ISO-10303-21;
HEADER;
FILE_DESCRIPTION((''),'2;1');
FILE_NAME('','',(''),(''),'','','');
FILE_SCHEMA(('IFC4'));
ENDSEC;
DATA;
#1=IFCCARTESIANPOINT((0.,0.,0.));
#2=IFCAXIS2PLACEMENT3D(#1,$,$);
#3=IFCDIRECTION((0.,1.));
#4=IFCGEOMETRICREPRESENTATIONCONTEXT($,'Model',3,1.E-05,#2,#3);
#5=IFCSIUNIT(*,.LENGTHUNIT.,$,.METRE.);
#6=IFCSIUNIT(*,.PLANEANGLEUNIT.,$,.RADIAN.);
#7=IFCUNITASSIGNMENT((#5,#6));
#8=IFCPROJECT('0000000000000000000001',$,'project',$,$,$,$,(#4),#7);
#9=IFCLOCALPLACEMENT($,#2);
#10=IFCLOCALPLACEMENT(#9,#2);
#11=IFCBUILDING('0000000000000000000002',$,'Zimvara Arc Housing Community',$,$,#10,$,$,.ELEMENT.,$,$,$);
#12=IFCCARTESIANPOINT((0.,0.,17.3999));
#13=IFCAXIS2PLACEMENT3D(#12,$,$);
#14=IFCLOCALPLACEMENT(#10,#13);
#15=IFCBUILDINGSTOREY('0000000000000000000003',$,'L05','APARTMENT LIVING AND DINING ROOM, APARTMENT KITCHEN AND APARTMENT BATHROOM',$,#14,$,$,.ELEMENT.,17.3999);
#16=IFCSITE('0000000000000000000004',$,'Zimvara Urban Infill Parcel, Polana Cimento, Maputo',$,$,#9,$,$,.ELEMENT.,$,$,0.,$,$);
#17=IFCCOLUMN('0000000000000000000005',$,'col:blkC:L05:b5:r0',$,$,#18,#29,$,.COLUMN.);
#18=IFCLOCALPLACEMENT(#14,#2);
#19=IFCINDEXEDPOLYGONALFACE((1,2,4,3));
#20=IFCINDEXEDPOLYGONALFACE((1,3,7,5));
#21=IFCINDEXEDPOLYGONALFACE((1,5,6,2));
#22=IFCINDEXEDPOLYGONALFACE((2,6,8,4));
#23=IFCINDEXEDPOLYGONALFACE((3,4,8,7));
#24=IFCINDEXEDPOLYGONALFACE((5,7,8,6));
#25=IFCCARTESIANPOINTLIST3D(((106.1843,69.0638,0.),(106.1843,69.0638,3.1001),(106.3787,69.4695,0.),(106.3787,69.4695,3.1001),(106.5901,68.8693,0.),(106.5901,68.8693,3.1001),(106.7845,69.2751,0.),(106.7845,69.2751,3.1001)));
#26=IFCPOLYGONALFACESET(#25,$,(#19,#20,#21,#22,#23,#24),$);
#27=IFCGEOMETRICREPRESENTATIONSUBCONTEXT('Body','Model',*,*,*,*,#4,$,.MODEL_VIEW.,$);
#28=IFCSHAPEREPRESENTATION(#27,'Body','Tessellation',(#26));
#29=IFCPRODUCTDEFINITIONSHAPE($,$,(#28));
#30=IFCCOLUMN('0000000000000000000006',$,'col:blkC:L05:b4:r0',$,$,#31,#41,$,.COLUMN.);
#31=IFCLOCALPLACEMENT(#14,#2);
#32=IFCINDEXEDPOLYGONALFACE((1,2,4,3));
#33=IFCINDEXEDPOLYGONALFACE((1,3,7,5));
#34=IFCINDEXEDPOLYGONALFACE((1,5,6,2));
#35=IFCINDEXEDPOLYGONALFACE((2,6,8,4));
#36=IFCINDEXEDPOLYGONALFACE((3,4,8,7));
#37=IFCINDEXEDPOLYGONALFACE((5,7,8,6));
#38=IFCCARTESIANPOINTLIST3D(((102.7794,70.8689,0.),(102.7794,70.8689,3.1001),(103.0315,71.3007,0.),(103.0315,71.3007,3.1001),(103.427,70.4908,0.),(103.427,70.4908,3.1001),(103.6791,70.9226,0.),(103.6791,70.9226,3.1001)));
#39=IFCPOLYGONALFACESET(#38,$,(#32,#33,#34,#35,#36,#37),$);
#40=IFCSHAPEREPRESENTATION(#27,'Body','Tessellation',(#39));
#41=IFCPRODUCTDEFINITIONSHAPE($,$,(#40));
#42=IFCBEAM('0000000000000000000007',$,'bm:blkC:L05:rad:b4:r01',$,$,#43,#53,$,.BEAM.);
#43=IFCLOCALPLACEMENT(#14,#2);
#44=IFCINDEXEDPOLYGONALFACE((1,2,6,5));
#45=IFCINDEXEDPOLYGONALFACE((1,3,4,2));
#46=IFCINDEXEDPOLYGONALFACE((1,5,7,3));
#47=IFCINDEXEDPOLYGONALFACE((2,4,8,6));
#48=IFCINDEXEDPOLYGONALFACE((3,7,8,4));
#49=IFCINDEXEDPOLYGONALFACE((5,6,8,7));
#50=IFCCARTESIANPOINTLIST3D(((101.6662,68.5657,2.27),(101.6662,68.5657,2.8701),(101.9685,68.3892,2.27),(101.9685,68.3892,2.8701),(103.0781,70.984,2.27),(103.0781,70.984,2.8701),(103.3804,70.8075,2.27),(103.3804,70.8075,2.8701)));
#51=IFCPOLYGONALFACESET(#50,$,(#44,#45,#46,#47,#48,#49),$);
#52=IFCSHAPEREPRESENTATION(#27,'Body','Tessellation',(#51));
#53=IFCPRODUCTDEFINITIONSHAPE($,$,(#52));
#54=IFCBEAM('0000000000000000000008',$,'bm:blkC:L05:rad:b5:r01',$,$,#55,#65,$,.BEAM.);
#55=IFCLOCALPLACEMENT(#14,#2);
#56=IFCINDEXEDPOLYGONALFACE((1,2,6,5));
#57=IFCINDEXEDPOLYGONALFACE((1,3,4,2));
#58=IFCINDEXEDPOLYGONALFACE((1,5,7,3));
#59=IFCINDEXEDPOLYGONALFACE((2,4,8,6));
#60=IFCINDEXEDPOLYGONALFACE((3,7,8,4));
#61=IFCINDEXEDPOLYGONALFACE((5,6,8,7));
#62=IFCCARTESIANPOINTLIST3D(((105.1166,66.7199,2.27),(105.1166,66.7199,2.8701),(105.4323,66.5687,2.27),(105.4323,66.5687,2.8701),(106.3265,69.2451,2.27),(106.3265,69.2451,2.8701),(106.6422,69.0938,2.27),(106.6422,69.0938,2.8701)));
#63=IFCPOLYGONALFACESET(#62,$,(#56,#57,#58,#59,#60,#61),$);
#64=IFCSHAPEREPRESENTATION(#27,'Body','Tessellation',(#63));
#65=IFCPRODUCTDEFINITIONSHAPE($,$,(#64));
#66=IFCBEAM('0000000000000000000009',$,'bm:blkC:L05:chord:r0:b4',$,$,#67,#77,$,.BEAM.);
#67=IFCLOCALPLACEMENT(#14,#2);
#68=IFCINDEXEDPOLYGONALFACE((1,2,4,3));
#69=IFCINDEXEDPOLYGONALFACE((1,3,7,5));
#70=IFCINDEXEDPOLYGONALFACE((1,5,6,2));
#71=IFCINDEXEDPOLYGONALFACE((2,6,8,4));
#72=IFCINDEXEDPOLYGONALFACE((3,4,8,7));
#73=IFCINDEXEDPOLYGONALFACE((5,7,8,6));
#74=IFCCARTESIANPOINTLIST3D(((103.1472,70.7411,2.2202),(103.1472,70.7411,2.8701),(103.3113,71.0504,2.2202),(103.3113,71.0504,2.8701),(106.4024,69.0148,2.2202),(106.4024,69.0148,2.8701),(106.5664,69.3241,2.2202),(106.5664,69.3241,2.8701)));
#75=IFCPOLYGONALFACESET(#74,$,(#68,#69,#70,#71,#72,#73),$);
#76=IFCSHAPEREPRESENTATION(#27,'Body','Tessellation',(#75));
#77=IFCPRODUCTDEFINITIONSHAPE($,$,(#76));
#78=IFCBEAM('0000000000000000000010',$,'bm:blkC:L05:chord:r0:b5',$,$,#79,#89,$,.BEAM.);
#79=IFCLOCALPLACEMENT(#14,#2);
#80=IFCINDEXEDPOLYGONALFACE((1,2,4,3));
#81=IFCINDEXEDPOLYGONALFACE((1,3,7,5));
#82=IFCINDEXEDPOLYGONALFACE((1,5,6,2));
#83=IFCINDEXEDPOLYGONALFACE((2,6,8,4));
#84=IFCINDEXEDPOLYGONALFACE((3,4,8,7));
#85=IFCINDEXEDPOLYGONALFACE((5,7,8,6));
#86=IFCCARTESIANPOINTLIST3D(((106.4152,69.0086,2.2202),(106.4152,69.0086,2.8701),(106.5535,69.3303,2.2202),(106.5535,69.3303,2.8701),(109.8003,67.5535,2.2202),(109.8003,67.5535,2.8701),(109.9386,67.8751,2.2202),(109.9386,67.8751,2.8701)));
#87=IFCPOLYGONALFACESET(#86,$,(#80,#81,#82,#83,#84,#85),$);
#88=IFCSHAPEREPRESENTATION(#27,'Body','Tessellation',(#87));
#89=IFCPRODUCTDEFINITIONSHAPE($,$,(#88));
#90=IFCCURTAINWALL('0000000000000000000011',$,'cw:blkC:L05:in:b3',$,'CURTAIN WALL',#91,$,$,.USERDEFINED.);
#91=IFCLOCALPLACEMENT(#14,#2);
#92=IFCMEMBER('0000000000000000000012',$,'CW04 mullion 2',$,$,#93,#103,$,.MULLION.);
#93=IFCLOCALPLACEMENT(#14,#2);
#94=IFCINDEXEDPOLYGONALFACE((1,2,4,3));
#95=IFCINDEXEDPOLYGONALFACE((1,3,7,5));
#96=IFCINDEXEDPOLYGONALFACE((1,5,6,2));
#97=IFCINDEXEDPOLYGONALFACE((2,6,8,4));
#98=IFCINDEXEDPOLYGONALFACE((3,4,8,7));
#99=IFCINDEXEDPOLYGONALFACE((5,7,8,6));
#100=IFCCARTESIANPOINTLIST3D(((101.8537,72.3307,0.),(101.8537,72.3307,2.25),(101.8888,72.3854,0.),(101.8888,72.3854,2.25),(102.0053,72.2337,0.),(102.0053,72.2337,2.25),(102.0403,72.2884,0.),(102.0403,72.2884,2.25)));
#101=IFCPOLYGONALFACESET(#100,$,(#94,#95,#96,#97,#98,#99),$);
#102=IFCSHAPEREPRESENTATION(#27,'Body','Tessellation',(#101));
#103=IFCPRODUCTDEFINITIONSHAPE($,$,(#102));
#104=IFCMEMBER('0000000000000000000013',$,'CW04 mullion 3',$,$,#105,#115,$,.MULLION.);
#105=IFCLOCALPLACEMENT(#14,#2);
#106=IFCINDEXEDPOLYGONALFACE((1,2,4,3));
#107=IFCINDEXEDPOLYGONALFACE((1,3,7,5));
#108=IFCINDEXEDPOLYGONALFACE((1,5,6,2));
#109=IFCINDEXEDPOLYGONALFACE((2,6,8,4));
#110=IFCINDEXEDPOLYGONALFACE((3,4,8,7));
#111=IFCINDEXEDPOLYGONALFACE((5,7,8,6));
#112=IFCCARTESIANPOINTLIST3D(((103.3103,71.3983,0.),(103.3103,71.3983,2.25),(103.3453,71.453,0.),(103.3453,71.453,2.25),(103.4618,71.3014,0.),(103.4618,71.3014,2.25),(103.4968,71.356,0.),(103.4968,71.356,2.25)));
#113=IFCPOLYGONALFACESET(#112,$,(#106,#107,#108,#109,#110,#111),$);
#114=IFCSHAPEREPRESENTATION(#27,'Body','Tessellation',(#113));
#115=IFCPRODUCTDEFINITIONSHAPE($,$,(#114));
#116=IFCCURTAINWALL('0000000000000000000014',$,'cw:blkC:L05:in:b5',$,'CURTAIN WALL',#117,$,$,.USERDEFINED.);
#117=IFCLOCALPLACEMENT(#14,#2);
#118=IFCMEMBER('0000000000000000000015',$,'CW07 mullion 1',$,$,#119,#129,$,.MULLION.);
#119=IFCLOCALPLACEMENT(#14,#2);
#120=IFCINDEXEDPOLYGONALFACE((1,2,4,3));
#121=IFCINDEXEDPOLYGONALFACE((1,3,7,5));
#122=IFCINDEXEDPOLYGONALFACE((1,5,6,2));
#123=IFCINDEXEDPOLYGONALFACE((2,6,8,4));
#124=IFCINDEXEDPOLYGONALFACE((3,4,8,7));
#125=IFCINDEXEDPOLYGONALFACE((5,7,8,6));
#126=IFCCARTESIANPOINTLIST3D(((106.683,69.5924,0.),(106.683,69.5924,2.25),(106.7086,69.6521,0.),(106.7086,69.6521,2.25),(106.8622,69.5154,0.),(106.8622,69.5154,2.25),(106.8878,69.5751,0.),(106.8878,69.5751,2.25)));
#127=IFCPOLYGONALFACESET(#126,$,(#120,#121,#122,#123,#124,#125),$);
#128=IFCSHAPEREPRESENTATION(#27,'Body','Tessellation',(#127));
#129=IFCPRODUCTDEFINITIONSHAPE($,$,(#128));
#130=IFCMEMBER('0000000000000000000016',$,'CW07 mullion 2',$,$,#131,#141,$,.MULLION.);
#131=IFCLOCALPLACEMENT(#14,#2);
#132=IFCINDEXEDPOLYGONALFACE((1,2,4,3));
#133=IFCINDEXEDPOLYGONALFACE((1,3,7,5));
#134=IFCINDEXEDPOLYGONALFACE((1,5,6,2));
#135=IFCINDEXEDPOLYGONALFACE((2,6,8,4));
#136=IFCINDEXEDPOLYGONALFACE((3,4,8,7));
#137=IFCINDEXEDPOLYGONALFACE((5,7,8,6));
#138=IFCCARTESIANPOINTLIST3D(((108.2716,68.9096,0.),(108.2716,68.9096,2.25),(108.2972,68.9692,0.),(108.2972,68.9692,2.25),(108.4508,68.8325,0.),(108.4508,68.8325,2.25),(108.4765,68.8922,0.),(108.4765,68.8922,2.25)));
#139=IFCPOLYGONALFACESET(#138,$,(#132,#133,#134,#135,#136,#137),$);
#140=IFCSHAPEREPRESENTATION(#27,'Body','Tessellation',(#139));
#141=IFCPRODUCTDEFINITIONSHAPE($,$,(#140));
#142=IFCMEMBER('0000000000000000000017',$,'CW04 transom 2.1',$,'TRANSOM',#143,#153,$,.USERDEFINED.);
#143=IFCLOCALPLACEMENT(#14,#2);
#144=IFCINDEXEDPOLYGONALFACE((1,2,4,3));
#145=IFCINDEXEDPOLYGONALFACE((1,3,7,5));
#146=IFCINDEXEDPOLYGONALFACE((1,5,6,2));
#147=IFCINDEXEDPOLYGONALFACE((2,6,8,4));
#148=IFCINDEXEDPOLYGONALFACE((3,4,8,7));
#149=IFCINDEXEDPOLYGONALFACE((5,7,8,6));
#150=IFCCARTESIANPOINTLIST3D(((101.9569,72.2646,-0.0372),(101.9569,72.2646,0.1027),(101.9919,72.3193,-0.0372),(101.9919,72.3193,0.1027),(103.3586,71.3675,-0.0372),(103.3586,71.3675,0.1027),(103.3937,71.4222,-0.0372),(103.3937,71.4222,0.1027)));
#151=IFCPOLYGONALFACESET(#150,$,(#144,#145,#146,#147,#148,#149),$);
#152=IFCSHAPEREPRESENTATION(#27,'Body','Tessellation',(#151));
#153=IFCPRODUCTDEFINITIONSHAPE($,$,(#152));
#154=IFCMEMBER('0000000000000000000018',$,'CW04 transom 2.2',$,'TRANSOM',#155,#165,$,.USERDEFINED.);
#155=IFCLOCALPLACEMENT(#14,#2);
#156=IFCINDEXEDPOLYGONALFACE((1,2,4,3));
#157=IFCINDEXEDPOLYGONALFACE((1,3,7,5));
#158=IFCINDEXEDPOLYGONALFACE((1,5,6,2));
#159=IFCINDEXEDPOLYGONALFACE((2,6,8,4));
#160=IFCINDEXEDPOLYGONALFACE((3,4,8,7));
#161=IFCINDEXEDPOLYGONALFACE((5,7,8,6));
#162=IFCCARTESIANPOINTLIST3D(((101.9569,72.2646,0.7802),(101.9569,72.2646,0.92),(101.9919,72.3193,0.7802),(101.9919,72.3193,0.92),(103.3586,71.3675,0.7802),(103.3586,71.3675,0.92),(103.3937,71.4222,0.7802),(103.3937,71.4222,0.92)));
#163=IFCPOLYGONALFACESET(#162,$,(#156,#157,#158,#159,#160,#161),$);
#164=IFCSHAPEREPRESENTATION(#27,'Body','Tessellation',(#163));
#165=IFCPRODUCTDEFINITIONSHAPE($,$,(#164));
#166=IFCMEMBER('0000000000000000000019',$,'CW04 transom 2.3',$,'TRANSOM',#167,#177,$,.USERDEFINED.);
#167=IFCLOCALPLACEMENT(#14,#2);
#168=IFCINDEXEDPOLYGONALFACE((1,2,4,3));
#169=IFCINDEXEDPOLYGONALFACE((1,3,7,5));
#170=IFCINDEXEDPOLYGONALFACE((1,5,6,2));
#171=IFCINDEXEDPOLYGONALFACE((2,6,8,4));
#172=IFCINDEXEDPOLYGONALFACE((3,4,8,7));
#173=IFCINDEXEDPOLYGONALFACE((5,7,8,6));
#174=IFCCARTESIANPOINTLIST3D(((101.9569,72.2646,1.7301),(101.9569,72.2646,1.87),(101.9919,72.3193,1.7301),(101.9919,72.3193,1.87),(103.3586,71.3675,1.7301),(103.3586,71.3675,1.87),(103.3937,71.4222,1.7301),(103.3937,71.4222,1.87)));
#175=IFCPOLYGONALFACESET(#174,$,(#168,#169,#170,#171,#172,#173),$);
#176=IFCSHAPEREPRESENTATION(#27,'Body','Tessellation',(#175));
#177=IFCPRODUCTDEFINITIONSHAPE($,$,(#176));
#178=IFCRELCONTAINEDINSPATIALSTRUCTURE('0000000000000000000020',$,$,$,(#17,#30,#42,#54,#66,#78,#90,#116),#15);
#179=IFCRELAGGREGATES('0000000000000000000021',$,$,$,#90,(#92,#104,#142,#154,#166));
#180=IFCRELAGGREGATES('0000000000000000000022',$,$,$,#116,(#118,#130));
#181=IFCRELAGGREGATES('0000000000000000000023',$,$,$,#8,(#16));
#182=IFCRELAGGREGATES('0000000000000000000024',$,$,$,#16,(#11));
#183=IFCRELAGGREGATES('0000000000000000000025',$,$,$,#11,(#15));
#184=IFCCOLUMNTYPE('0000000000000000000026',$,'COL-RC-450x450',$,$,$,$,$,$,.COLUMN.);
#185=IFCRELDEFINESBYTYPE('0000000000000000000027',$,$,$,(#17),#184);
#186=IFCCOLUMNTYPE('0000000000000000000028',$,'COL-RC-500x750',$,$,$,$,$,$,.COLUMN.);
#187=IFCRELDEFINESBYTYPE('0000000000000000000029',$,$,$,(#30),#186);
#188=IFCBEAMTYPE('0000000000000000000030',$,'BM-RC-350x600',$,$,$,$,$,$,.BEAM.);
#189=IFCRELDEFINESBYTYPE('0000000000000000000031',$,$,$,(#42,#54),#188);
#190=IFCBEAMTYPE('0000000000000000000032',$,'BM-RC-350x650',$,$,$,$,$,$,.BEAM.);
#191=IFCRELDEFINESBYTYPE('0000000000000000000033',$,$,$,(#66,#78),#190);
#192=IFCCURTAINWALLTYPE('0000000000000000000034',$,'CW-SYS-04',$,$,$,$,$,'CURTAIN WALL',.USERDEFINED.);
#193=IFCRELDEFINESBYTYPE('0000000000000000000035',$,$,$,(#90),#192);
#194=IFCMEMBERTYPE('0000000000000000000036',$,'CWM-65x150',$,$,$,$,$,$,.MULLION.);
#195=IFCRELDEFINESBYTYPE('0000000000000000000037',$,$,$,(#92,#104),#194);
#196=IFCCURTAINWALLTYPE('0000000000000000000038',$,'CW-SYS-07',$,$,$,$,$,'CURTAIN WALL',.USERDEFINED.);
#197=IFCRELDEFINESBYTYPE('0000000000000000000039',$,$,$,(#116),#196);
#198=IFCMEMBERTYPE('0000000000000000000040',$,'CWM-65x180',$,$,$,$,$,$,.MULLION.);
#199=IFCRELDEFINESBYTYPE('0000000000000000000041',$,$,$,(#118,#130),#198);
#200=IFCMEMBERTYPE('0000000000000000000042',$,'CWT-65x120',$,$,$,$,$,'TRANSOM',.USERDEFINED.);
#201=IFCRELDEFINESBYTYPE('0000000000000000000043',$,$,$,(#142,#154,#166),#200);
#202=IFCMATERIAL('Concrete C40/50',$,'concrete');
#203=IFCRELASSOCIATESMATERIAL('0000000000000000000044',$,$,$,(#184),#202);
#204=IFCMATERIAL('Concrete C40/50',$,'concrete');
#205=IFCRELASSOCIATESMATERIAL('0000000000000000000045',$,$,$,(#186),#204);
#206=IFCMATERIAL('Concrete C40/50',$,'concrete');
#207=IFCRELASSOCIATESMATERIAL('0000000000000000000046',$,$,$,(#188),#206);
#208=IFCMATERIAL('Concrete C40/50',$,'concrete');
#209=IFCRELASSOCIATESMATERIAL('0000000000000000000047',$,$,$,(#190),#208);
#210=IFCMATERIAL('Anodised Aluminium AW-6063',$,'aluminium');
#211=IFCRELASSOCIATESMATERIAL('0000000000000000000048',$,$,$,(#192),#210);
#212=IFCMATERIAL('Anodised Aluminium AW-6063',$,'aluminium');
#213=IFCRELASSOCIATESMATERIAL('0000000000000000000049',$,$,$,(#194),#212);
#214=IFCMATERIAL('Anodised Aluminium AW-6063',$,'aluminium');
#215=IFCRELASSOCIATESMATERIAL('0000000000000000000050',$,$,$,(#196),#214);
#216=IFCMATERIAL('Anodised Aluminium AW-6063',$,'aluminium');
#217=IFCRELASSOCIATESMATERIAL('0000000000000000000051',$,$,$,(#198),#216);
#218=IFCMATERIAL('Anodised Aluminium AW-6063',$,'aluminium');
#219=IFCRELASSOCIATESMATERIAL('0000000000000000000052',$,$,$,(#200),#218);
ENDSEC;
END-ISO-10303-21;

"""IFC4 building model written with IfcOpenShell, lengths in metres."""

from ifc_helpers import new_model, si_unit, direction, frame, origin, origin_2d, place, context, subcontext, project, spatial, rectangle, extrude, material, material_profile, profile_set, type_object, element, aggregate, save


model = new_model("IFC4")

# Units and contexts
model_context = context("Model", 3, precision=1e-05, world=origin(), true_north=direction((0.0, 1.0)))
body_context = subcontext(model_context, "Body", "Model", "MODEL_VIEW")
ifc_project = project(units=[si_unit("LENGTHUNIT", "METRE"), si_unit("PLANEANGLEUNIT", "RADIAN")], contexts=[model_context])

# Site, building, storey
site_placement = place(None, origin())
site = spatial("IfcSite", under=ifc_project, at=site_placement, Name="Zimvara Urban Infill Parcel, Polana Cimento, Maputo", CompositionType="ELEMENT", RefElevation=0.0)
building_placement = place(site_placement, origin())
building = spatial("IfcBuilding", under=site, at=building_placement, Name="Zimvara Arc Housing Community", CompositionType="ELEMENT")
storey_placement = place(building_placement, frame((0.0, 0.0, 17.3999)))
storey = spatial("IfcBuildingStorey", under=building, at=storey_placement, Name="L05", Description="APARTMENT LIVING AND DINING ROOM, APARTMENT KITCHEN AND APARTMENT BATHROOM", CompositionType="ELEMENT", Elevation=17.3999)

# Columns
ifc_material_1 = material(Name="Concrete C40/50", Category="concrete")
ifc_material_profile_1 = material_profile(ifc_material_1, rectangle(XDim=0.45, YDim=0.45, at=origin_2d()), Name="RC 450x450")
ifc_profile_set_1 = profile_set([ifc_material_profile_1], Name="Concrete C40/50")
column_type_1 = type_object("IfcColumnType", Name="COL-RC-450x450", PredefinedType="COLUMN", material=ifc_profile_set_1)
column_1_placement = place(storey_placement, frame((106.4844, 69.1694, 0.0), z_axis=(0.0, 0.0, 1.0), x_axis=(-0.432086, -0.901833, 0.0)))
element("IfcColumn", 1, at=column_1_placement, inside=storey, type_object=column_type_1, Name="col:blkC:L05:b5:r0", PredefinedType="COLUMN", context=body_context, shape_type="SweptSolid", body=[
    extrude(rectangle(XDim=0.45, YDim=0.45, at=origin_2d()), origin(), (0.0, 0.0, 1.0), 3.1001),
])
ifc_material_2 = material(Name="Concrete C40/50", Category="concrete")
ifc_material_profile_2 = material_profile(ifc_material_2, rectangle(XDim=0.5, YDim=0.75, at=origin_2d()), Name="RC 500x750")
ifc_profile_set_2 = profile_set([ifc_material_profile_2], Name="Concrete C40/50")
column_type_2 = type_object("IfcColumnType", Name="COL-RC-500x750", PredefinedType="COLUMN", material=ifc_profile_set_2)
column_2_placement = place(storey_placement, frame((103.2292, 70.8958, 0.0), z_axis=(0.0, 0.0, 1.0), x_axis=(-0.504226, -0.863572, 0.0)))
element("IfcColumn", 2, at=column_2_placement, inside=storey, type_object=column_type_2, Name="col:blkC:L05:b4:r0", PredefinedType="COLUMN", context=body_context, shape_type="SweptSolid", body=[
    extrude(rectangle(XDim=0.5, YDim=0.75, at=origin_2d()), origin(), (0.0, 0.0, 1.0), 3.1001),
])

# Beams
ifc_material_3 = material(Name="Concrete C40/50", Category="concrete")
ifc_material_profile_3 = material_profile(ifc_material_3, rectangle(XDim=0.3501, YDim=0.6001, at=origin_2d()), Name="RC 350x600")
ifc_profile_set_3 = profile_set([ifc_material_profile_3], Name="Concrete C40/50")
beam_type_1 = type_object("IfcBeamType", Name="BM-RC-350x600", PredefinedType="BEAM", material=ifc_profile_set_3)
beam_1_placement = place(storey_placement, frame((103.2292, 70.8958, 2.5701), z_axis=(-0.504202, -0.863586, 0.0), x_axis=(0.863586, -0.504202, 0.0)))
element("IfcBeam", 3, at=beam_1_placement, inside=storey, type_object=beam_type_1, Name="bm:blkC:L05:rad:b4:r01", PredefinedType="BEAM", context=body_context, shape_type="SweptSolid", body=[
    extrude(rectangle(XDim=0.3501, YDim=0.6001, at=origin_2d()), origin(), (0.0, 0.0, 1.0), 2.8003),
])
beam_2_placement = place(storey_placement, frame((106.4844, 69.1694, 2.5701), z_axis=(-0.432119, -0.901817, 0.0), x_axis=(0.901817, -0.432119, 0.0)))
element("IfcBeam", 4, at=beam_2_placement, inside=storey, type_object=beam_type_1, Name="bm:blkC:L05:rad:b5:r01", PredefinedType="BEAM", context=body_context, shape_type="SweptSolid", body=[
    extrude(rectangle(XDim=0.3501, YDim=0.6001, at=origin_2d()), origin(), (0.0, 0.0, 1.0), 2.8),
])
ifc_material_4 = material(Name="Concrete C40/50", Category="concrete")
ifc_material_profile_4 = material_profile(ifc_material_4, rectangle(XDim=0.3501, YDim=0.6499, at=origin_2d()), Name="RC 350x650")
ifc_profile_set_4 = profile_set([ifc_material_profile_4], Name="Concrete C40/50")
beam_type_2 = type_object("IfcBeamType", Name="BM-RC-350x650", PredefinedType="BEAM", material=ifc_profile_set_4)
for number, where, z_axis, x_axis, name in (
    (5, (103.2292, 70.8958, 2.5452), (0.883449, -0.468527, 0.0), (0.468527, 0.883449, 0.0), "bm:blkC:L05:chord:r0:b4"),
    (6, (106.4844, 69.1694, 2.5452), (0.918716, -0.394919, 0.0), (0.394919, 0.918716, 0.0), "bm:blkC:L05:chord:r0:b5"),
):
    element("IfcBeam", number, at=place(storey_placement, frame(where, z_axis=z_axis, x_axis=x_axis)), inside=storey, type_object=beam_type_2, Name=name, PredefinedType="BEAM", context=body_context, shape_type="SweptSolid", body=[
        extrude(rectangle(XDim=0.3501, YDim=0.6499, at=origin_2d()), origin(), (0.0, 0.0, 1.0), 3.6846),
    ])

# Curtain walls, members
ifc_material_5 = material(Name="Anodised Aluminium AW-6063", Category="aluminium")
curtain_wall_type_1 = type_object("IfcCurtainWallType", Name="CW-SYS-04", ElementType="CURTAIN WALL", PredefinedType="USERDEFINED", material=ifc_material_5)
curtain_wall_1_placement = place(storey_placement, origin())
curtain_wall_1 = element("IfcCurtainWall", 7, at=curtain_wall_1_placement, inside=storey, type_object=curtain_wall_type_1, Name="cw:blkC:L05:in:b3", ObjectType="CURTAIN WALL", PredefinedType="USERDEFINED")
ifc_material_6 = material(Name="Anodised Aluminium AW-6063", Category="aluminium")
ifc_material_profile_5 = material_profile(ifc_material_6, rectangle(XDim=0.0649, YDim=0.1799, at=origin_2d()), Name="ALU 65x180")
ifc_profile_set_5 = profile_set([ifc_material_profile_5], Name="Anodised Aluminium AW-6063")
member_type_1 = type_object("IfcMemberType", Name="CWM-65x150", PredefinedType="MULLION", material=ifc_profile_set_5)
member_1_placement = place(storey_placement, frame((101.947, 72.3096, 0.0), z_axis=(0.0, 0.0, 1.0), x_axis=(0.539064, 0.842265, 0.0)))
member_1 = element("IfcMember", 8, at=member_1_placement, type_object=member_type_1, Name="CW04 mullion 2", PredefinedType="MULLION", context=body_context, shape_type="SweptSolid", body=[
    extrude(rectangle(XDim=0.0649, YDim=0.1799, at=origin_2d()), origin(), (0.0, 0.0, 1.0), 2.25),
])
member_2_placement = place(storey_placement, frame((103.4036, 71.3772, 0.0), z_axis=(0.0, 0.0, 1.0), x_axis=(0.539064, 0.842265, 0.0)))
member_2 = element("IfcMember", 9, at=member_2_placement, type_object=member_type_1, Name="CW04 mullion 3", PredefinedType="MULLION", context=body_context, shape_type="SweptSolid", body=[
    extrude(rectangle(XDim=0.0649, YDim=0.1799, at=origin_2d()), origin(), (0.0, 0.0, 1.0), 2.25),
])
ifc_material_7 = material(Name="Anodised Aluminium AW-6063", Category="aluminium")
curtain_wall_type_2 = type_object("IfcCurtainWallType", Name="CW-SYS-07", ElementType="CURTAIN WALL", PredefinedType="USERDEFINED", material=ifc_material_7)
curtain_wall_2_placement = place(storey_placement, origin())
curtain_wall_2 = element("IfcCurtainWall", 10, at=curtain_wall_2_placement, inside=storey, type_object=curtain_wall_type_2, Name="cw:blkC:L05:in:b5", ObjectType="CURTAIN WALL", PredefinedType="USERDEFINED")
ifc_material_8 = material(Name="Anodised Aluminium AW-6063", Category="aluminium")
ifc_material_profile_6 = material_profile(ifc_material_8, rectangle(XDim=0.0649, YDim=0.1951, at=origin_2d()), Name="ALU 65x195")
ifc_profile_set_6 = profile_set([ifc_material_profile_6], Name="Anodised Aluminium AW-6063")
member_type_2 = type_object("IfcMemberType", Name="CWM-65x180", PredefinedType="MULLION", material=ifc_profile_set_6)
member_3_placement = place(storey_placement, frame((106.7854, 69.5837, 0.0), z_axis=(0.0, 0.0, 1.0), x_axis=(0.394904, 0.918722, 0.0)))
member_3 = element("IfcMember", 11, at=member_3_placement, type_object=member_type_2, Name="CW07 mullion 1", PredefinedType="MULLION", context=body_context, shape_type="SweptSolid", body=[
    extrude(rectangle(XDim=0.0649, YDim=0.1951, at=origin_2d()), origin(), (0.0, 0.0, 1.0), 2.25),
])
member_4_placement = place(storey_placement, frame((108.374, 68.9009, 0.0), z_axis=(0.0, 0.0, 1.0), x_axis=(0.394904, 0.918722, 0.0)))
member_4 = element("IfcMember", 12, at=member_4_placement, type_object=member_type_2, Name="CW07 mullion 2", PredefinedType="MULLION", context=body_context, shape_type="SweptSolid", body=[
    extrude(rectangle(XDim=0.0649, YDim=0.1951, at=origin_2d()), origin(), (0.0, 0.0, 1.0), 2.25),
])

# Members
ifc_material_9 = material(Name="Anodised Aluminium AW-6063", Category="aluminium")
ifc_material_profile_7 = material_profile(ifc_material_9, rectangle(XDim=0.0649, YDim=0.1399, at=origin_2d()), Name="ALU 65x140")
ifc_profile_set_7 = profile_set([ifc_material_profile_7], Name="Anodised Aluminium AW-6063")
member_type_3 = type_object("IfcMemberType", Name="CWT-65x120", ElementType="TRANSOM", PredefinedType="USERDEFINED", material=ifc_profile_set_7)
member_5_placement = place(storey_placement, frame((101.9744, 72.292, 0.0327), z_axis=(0.842263, -0.539066, 0.0), x_axis=(0.539066, 0.842263, 0.0)))
member_5 = element("IfcMember", 13, at=member_5_placement, type_object=member_type_3, Name="CW04 transom 2.1", ObjectType="TRANSOM", PredefinedType="USERDEFINED", context=body_context, shape_type="SweptSolid", body=[
    extrude(rectangle(XDim=0.0649, YDim=0.1399, at=origin_2d()), origin(), (0.0, 0.0, 1.0), 1.6643),
])
member_6_placement = place(storey_placement, frame((101.9744, 72.292, 0.8501), z_axis=(0.842263, -0.539066, 0.0), x_axis=(0.539066, 0.842263, 0.0)))
member_6 = element("IfcMember", 14, at=member_6_placement, type_object=member_type_3, Name="CW04 transom 2.2", ObjectType="TRANSOM", PredefinedType="USERDEFINED", context=body_context, shape_type="SweptSolid", body=[
    extrude(rectangle(XDim=0.0649, YDim=0.1399, at=origin_2d()), origin(), (0.0, 0.0, 1.0), 1.6643),
])
member_7_placement = place(storey_placement, frame((101.9744, 72.292, 1.8), z_axis=(0.842263, -0.539066, 0.0), x_axis=(0.539066, 0.842263, 0.0)))
member_7 = element("IfcMember", 15, at=member_7_placement, type_object=member_type_3, Name="CW04 transom 2.3", ObjectType="TRANSOM", PredefinedType="USERDEFINED", context=body_context, shape_type="SweptSolid", body=[
    extrude(rectangle(XDim=0.0649, YDim=0.1399, at=origin_2d()), origin(), (0.0, 0.0, 1.0), 1.6643),
])

aggregate(curtain_wall_1, [member_1, member_2, member_5, member_6, member_7])
aggregate(curtain_wall_2, [member_3, member_4])

save(model, "model.ifc")
